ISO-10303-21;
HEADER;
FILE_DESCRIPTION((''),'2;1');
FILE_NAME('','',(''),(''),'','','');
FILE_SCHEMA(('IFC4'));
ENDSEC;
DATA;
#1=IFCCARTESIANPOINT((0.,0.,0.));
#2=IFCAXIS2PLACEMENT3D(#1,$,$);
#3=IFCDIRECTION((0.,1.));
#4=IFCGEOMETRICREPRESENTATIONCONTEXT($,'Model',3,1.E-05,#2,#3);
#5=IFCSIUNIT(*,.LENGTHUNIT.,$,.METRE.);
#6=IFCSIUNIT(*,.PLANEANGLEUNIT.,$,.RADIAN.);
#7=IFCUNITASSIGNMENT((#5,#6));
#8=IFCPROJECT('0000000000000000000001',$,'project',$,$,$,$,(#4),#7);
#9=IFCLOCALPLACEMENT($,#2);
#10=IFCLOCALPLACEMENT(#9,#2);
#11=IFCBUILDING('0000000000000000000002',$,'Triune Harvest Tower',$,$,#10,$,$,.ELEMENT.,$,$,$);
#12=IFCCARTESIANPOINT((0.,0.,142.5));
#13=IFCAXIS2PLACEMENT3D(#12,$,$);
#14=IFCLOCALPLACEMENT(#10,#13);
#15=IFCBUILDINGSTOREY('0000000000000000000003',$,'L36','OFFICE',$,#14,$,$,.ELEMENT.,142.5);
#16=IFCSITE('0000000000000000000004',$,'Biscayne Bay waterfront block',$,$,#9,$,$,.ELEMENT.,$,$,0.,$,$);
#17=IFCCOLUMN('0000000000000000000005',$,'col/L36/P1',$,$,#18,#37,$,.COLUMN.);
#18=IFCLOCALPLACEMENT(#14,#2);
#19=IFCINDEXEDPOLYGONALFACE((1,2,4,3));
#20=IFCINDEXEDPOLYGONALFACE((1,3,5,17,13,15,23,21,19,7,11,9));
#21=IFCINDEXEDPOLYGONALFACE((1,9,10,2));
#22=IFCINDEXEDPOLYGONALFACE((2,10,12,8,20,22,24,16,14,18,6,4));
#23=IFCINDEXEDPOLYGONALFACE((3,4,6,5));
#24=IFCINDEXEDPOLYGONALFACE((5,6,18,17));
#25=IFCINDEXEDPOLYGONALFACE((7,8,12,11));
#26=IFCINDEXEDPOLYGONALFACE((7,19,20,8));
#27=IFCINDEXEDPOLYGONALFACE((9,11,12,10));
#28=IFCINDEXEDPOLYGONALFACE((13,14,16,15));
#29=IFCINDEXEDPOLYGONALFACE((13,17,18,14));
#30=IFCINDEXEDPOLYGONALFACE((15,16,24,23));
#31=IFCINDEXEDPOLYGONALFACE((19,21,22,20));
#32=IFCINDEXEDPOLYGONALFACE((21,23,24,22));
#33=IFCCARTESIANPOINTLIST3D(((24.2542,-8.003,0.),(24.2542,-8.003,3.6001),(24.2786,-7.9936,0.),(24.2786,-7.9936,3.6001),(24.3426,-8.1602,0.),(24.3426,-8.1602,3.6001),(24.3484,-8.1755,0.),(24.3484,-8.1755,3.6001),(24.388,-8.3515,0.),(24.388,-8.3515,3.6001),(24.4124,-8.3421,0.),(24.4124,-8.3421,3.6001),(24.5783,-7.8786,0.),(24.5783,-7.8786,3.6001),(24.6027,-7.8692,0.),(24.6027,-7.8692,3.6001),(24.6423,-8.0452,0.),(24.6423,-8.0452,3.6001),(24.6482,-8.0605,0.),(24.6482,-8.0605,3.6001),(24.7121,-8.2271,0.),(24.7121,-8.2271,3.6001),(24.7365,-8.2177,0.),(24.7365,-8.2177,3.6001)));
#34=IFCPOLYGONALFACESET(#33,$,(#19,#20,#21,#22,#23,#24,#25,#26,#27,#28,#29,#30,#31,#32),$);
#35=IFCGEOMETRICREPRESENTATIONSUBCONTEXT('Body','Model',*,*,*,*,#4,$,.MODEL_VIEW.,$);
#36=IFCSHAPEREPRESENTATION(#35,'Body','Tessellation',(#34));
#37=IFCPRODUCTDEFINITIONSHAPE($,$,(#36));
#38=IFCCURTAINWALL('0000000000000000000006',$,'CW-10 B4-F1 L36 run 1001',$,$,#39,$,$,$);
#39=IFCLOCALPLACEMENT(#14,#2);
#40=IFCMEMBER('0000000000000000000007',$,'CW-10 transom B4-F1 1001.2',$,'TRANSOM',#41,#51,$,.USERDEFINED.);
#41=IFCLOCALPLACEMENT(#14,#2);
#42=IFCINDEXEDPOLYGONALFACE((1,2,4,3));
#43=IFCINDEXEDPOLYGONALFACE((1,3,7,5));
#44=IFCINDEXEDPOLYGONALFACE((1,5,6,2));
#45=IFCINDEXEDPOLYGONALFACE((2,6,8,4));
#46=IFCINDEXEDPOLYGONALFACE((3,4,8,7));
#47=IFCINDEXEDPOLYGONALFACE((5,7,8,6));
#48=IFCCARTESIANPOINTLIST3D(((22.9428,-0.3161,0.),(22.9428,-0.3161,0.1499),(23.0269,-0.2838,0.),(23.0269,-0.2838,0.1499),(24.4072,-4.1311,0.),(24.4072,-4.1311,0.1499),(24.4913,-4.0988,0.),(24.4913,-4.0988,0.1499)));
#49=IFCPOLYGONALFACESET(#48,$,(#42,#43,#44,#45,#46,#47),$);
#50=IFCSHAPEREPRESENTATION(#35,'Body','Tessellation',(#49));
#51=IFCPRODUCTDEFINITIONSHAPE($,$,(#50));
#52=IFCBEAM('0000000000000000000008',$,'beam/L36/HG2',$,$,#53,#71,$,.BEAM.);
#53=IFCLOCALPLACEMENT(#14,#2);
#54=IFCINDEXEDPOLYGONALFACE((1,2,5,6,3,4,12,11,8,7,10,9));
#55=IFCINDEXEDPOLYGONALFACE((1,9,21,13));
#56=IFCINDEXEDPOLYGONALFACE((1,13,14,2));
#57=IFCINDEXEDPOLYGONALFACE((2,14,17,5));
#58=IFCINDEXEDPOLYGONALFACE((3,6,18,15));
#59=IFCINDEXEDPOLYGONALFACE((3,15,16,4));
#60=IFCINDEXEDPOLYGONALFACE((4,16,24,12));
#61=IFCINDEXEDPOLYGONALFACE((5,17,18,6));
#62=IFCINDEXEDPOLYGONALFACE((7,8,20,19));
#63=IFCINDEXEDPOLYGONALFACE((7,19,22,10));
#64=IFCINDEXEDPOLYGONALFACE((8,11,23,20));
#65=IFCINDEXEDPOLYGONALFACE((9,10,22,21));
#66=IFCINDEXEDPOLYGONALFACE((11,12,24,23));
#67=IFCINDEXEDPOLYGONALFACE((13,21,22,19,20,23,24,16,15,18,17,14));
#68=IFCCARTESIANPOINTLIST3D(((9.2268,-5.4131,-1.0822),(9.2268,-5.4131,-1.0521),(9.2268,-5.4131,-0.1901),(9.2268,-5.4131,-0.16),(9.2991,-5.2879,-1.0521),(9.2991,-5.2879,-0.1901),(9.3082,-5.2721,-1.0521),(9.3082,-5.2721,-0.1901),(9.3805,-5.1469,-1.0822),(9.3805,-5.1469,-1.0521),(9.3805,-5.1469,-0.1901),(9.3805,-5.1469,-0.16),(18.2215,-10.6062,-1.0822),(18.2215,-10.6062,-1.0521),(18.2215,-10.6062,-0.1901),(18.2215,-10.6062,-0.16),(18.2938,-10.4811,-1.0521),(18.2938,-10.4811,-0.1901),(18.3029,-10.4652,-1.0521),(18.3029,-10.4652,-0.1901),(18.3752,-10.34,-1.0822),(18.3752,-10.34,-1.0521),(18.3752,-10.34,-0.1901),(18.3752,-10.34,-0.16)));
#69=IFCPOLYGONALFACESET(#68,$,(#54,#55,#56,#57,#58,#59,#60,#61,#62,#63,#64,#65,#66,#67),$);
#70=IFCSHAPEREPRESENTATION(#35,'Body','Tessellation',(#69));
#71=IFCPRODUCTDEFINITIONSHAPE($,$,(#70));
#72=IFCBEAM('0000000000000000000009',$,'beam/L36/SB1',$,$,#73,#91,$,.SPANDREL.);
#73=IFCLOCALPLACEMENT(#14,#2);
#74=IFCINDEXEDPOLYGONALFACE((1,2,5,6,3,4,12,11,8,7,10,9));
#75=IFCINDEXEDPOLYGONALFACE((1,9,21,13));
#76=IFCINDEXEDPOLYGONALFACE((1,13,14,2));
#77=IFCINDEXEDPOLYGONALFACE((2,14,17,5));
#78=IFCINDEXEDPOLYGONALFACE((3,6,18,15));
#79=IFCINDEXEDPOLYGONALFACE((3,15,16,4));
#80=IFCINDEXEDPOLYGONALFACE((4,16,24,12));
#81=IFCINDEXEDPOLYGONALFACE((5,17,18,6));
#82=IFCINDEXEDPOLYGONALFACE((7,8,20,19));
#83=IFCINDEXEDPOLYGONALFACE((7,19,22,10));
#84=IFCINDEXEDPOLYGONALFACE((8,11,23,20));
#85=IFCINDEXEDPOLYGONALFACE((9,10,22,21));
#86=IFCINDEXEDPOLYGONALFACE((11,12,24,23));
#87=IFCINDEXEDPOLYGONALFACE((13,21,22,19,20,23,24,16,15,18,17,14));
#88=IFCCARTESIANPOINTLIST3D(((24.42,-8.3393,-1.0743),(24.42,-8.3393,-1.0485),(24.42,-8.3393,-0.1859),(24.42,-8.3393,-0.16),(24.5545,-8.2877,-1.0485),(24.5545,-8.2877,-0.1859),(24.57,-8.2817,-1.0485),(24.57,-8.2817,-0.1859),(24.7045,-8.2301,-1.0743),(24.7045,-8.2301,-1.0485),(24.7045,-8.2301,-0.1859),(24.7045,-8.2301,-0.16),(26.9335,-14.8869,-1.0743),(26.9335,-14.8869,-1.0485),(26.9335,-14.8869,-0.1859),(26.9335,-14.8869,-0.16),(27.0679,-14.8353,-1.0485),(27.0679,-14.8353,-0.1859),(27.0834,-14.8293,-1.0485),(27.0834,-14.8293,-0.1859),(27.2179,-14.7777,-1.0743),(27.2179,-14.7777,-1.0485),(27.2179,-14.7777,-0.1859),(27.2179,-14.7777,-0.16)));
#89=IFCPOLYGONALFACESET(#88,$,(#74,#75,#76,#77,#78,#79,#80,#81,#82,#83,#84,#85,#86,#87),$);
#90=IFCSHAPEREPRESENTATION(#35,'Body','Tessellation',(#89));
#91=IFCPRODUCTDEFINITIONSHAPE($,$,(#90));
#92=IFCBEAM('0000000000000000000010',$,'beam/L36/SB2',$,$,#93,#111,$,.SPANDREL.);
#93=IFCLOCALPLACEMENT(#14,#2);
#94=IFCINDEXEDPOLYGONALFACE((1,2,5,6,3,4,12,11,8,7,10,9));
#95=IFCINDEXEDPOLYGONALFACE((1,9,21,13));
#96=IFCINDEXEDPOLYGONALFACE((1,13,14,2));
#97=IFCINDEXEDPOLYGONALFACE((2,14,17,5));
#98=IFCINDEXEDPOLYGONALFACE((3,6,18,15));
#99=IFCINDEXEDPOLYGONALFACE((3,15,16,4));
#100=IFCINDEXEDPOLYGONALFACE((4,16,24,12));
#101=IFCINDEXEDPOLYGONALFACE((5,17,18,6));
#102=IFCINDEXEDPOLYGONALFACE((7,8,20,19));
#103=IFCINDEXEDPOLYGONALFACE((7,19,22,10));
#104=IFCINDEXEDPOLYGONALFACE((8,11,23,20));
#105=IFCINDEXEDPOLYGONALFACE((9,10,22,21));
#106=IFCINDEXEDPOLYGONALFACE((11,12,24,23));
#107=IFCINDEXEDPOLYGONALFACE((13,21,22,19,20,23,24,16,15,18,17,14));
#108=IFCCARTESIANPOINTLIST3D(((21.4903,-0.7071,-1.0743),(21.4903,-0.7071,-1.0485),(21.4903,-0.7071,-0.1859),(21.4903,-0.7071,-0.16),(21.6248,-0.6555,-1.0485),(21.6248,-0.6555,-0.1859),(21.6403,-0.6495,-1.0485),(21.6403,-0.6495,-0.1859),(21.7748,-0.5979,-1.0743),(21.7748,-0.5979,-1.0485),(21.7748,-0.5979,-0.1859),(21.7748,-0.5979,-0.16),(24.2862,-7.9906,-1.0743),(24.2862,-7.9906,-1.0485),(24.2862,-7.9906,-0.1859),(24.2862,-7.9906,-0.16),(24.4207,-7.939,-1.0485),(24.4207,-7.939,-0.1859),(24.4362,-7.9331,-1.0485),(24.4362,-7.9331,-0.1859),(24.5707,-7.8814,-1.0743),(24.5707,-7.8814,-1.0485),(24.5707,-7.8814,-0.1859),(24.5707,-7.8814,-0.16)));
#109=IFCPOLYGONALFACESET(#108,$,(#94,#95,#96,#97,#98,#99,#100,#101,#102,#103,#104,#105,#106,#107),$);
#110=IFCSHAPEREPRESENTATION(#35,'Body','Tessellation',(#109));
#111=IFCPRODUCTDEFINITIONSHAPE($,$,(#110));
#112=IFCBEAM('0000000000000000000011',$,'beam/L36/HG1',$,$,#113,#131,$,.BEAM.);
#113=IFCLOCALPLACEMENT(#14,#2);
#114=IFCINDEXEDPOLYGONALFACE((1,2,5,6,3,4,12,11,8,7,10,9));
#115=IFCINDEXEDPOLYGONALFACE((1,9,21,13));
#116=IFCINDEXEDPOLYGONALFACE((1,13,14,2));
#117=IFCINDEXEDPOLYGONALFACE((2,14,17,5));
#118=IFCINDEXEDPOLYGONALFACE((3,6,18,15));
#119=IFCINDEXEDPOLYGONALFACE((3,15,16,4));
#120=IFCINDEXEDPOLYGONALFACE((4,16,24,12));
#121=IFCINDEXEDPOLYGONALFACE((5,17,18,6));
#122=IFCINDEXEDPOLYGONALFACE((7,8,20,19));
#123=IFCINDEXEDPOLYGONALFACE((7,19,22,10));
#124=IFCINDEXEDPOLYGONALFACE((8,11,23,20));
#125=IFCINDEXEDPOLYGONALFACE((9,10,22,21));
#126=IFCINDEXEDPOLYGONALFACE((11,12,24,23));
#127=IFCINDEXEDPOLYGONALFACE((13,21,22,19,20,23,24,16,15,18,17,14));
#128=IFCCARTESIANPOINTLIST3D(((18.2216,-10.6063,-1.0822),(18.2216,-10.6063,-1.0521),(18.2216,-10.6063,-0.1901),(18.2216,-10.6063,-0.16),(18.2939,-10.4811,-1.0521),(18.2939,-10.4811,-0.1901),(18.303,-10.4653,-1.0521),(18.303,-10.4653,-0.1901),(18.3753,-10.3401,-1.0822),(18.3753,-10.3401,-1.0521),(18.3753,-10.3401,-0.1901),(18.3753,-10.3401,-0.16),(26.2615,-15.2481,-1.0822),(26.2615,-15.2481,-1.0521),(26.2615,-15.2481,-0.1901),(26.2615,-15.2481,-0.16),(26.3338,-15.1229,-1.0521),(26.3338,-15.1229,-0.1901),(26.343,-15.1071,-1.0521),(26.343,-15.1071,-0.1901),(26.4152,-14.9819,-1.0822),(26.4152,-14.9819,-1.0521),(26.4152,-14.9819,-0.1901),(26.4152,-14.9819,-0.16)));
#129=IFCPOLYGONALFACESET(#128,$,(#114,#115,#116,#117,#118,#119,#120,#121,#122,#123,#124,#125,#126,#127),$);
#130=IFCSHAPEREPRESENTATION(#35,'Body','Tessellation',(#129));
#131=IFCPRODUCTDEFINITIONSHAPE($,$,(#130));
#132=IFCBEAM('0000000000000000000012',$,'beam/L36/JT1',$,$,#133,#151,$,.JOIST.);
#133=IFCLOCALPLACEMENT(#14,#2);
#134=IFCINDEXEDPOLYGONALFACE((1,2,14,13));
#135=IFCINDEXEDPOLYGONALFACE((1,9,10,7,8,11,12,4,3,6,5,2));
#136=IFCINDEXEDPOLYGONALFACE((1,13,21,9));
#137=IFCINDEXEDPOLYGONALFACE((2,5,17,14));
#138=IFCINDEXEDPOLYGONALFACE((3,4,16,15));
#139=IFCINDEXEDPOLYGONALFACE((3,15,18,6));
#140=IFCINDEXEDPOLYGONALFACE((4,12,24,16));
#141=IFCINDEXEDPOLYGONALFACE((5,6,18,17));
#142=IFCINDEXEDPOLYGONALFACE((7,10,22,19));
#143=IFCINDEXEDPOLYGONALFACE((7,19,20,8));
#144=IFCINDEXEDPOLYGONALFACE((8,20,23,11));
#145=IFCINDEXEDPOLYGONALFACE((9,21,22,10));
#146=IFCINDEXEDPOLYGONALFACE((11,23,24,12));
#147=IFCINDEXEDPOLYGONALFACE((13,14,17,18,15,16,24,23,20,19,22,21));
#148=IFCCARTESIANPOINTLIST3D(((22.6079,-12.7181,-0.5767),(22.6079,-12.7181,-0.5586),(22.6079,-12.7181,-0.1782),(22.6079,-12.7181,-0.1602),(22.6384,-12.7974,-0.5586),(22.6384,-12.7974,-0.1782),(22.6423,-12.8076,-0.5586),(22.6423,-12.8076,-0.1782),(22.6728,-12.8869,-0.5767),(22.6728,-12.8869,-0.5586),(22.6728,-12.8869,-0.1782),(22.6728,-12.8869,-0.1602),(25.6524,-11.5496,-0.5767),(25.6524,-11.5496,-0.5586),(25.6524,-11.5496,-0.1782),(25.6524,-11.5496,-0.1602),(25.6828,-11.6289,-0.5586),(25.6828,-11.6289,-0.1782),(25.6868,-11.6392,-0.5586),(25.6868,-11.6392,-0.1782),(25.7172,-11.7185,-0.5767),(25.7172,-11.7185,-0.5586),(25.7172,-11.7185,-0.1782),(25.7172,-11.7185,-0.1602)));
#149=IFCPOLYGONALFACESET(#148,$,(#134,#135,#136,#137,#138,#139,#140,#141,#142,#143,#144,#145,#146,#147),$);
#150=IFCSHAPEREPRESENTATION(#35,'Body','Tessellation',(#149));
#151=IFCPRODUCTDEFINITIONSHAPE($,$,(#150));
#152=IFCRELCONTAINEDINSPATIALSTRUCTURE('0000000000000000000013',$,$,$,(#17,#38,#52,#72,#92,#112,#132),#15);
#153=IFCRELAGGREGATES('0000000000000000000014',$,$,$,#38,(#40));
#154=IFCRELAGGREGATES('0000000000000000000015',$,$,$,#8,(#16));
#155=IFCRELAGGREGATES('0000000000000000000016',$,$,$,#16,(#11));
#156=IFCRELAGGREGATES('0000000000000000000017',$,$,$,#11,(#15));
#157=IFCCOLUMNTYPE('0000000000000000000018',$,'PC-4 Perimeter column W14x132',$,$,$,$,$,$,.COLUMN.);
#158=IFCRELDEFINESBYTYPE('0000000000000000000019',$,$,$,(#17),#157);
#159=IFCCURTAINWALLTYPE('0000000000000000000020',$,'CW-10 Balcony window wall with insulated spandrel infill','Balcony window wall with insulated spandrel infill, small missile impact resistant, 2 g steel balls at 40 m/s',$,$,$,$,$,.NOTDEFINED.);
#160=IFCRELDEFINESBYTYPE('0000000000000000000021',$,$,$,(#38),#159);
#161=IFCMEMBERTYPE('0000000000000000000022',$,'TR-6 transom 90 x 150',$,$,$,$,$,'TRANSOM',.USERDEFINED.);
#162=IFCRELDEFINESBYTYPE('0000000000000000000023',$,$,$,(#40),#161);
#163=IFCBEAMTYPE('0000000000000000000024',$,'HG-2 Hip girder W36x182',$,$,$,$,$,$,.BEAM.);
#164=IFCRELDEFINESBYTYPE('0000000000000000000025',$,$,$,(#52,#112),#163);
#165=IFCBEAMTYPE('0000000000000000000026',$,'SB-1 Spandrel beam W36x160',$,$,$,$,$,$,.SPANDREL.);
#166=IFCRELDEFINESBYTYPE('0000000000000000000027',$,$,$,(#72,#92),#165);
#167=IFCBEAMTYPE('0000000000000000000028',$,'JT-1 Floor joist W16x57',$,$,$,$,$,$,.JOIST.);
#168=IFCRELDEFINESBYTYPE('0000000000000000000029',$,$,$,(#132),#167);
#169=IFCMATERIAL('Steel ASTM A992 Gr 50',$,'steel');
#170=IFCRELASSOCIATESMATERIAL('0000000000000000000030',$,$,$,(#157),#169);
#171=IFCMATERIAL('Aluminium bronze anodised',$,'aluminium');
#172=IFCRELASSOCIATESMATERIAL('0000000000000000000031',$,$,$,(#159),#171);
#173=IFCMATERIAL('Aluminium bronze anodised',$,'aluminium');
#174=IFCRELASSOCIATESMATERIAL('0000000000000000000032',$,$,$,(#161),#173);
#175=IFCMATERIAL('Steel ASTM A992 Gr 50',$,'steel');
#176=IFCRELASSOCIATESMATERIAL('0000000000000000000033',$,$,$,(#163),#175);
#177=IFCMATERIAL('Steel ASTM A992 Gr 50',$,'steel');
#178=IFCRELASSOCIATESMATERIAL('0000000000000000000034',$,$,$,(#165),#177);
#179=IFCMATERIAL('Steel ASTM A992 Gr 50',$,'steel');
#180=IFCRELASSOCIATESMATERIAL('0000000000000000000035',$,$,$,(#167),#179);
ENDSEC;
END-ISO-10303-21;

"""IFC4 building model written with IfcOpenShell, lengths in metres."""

from ifc_helpers import new_model, si_unit, direction, frame, origin, origin_2d, place, context, subcontext, project, spatial, rectangle, i_section, extrude, source, transform, mapped, material, material_profile, profile_set, type_object, element, aggregate, save


model = new_model("IFC4")

# Units and contexts
model_context = context("Model", 3, precision=1e-05, world=origin(), true_north=direction((0.0, 1.0)))
body_context = subcontext(model_context, "Body", "Model", "MODEL_VIEW")
ifc_project = project(units=[si_unit("LENGTHUNIT", "METRE"), si_unit("PLANEANGLEUNIT", "RADIAN")], contexts=[model_context])

# Site, building, storey
site_placement = place(None, origin())
site = spatial("IfcSite", under=ifc_project, at=site_placement, Name="Biscayne Bay waterfront block", CompositionType="ELEMENT", RefElevation=0.0)
building_placement = place(site_placement, origin())
building = spatial("IfcBuilding", under=site, at=building_placement, Name="Triune Harvest Tower", CompositionType="ELEMENT")
storey_placement = place(building_placement, frame((0.0, 0.0, 142.5)))
storey = spatial("IfcBuildingStorey", under=building, at=storey_placement, Name="L36", Description="OFFICE", CompositionType="ELEMENT", Elevation=142.5)

# Column
ifc_material_1 = material(Name="Steel ASTM A992 Gr 50", Category="steel")
ifc_material_profile_1 = material_profile(ifc_material_1, i_section(OverallWidth=0.3733, OverallDepth=0.3733, WebThickness=0.0164, FlangeThickness=0.0261, at=origin_2d()), Name="W14x132")
ifc_profile_set_1 = profile_set([ifc_material_profile_1], Name="Steel ASTM A992 Gr 50")
column_type = type_object("IfcColumnType", Name="PC-4 Perimeter column W14x132", PredefinedType="COLUMN", material=ifc_profile_set_1)
shared_shape_1 = source(origin(), body_context, "Body", "SweptSolid", [
    extrude(i_section(OverallWidth=0.3733, OverallDepth=0.3733, WebThickness=0.0164, FlangeThickness=0.0261, at=origin_2d()), origin(), (0.0, 0.0, 1.0), 3.6001),
])
column_placement = place(storey_placement, frame((24.4954, -8.1104, 0.0), z_axis=(0.0, 0.0, 1.0), x_axis=(-0.358368, 0.93358, 0.0)))
element("IfcColumn", 1, at=column_placement, inside=storey, type_object=column_type, Name="col/L36/P1", PredefinedType="COLUMN", context=body_context, shape_type="MappedRepresentation", body=[
    mapped(shared_shape_1, transform((0.0, 0.0, 0.0), scale=1.0)),
])

# Curtain wall, member
ifc_material_2 = material(Name="Aluminium bronze anodised", Category="aluminium")
curtain_wall_type_1 = type_object("IfcCurtainWallType", Name="CW-10 Balcony window wall with insulated spandrel infill", Description="Balcony window wall with insulated spandrel infill, small missile impact resistant, 2 g steel balls at 40 m/s", PredefinedType="NOTDEFINED", material=ifc_material_2)
curtain_wall_1_placement = place(storey_placement, origin())
curtain_wall_1 = element("IfcCurtainWall", 2, at=curtain_wall_1_placement, inside=storey, type_object=curtain_wall_type_1, Name="CW-10 B4-F1 L36 run 1001")
ifc_material_3 = material(Name="Aluminium bronze anodised", Category="aluminium")
ifc_material_profile_2 = material_profile(ifc_material_3, rectangle(XDim=0.0901, YDim=0.1499, at=origin_2d()), Name="TR-6 transom 90 x 150")
ifc_profile_set_2 = profile_set([ifc_material_profile_2], Name="Aluminium bronze anodised")
member_type_1 = type_object("IfcMemberType", Name="TR-6 transom 90 x 150", ElementType="TRANSOM", PredefinedType="USERDEFINED", material=ifc_profile_set_2)
member_1_placement = place(storey_placement, frame((24.4492, -4.115, 0.075), z_axis=(-0.358354, 0.933586, 0.0), x_axis=(-0.933586, -0.358354, 0.0)))
member_1 = element("IfcMember", 3, at=member_1_placement, type_object=member_type_1, Name="CW-10 transom B4-F1 1001.2", ObjectType="TRANSOM", PredefinedType="USERDEFINED", context=body_context, shape_type="SweptSolid", body=[
    extrude(rectangle(XDim=0.0901, YDim=0.1499, at=origin_2d()), origin(), (0.0, 0.0, 1.0), 4.0864),
])

# Beams
ifc_material_4 = material(Name="Steel ASTM A992 Gr 50", Category="steel")
ifc_material_profile_3 = material_profile(ifc_material_4, i_section(OverallWidth=0.3074, OverallDepth=0.9221, WebThickness=0.0183, FlangeThickness=0.03, at=origin_2d()), Name="W36x182")
ifc_profile_set_3 = profile_set([ifc_material_profile_3], Name="Steel ASTM A992 Gr 50")
beam_type_1 = type_object("IfcBeamType", Name="HG-2 Hip girder W36x182", PredefinedType="BEAM", material=ifc_profile_set_3)
shared_shape_2 = source(origin(), body_context, "Body", "SweptSolid", [
    extrude(i_section(OverallWidth=0.3074, OverallDepth=0.9221, WebThickness=0.0183, FlangeThickness=0.03, at=origin_2d()), origin(), (0.0, 0.0, 1.0), 10.3862),
])
beam_1_placement = place(storey_placement, frame((18.2983, -10.4731, -0.6211), z_axis=(-0.866023, 0.500005, 0.0), x_axis=(-0.500005, -0.866023, 0.0)))
element("IfcBeam", 4, at=beam_1_placement, inside=storey, type_object=beam_type_1, Name="beam/L36/HG2", PredefinedType="BEAM", context=body_context, shape_type="MappedRepresentation", body=[
    mapped(shared_shape_2, transform((0.0, 0.0, 0.0), scale=1.0)),
])
ifc_material_5 = material(Name="Steel ASTM A992 Gr 50", Category="steel")
ifc_material_profile_4 = material_profile(ifc_material_5, i_section(OverallWidth=0.3047, OverallDepth=0.9143, WebThickness=0.0166, FlangeThickness=0.0259, at=origin_2d()), Name="W36x160")
ifc_profile_set_4 = profile_set([ifc_material_profile_4], Name="Steel ASTM A992 Gr 50")
beam_type_2 = type_object("IfcBeamType", Name="SB-1 Spandrel beam W36x160", PredefinedType="SPANDREL", material=ifc_profile_set_4)
shared_shape_3 = source(origin(), body_context, "Body", "SweptSolid", [
    extrude(i_section(OverallWidth=0.3047, OverallDepth=0.9143, WebThickness=0.0166, FlangeThickness=0.0259, at=origin_2d()), origin(), (0.0, 0.0, 1.0), 7.0134),
])
beam_2_placement = place(storey_placement, frame((27.0757, -14.8323, -0.6172), z_axis=(-0.358373, 0.933579, 0.0), x_axis=(-0.933579, -0.358373, 0.0)))
element("IfcBeam", 5, at=beam_2_placement, inside=storey, type_object=beam_type_2, Name="beam/L36/SB1", PredefinedType="SPANDREL", context=body_context, shape_type="MappedRepresentation", body=[
    mapped(shared_shape_3, transform((0.0, 0.0, 0.0), scale=1.0)),
])
shared_shape_4 = source(origin(), body_context, "Body", "SweptSolid", [
    extrude(i_section(OverallWidth=0.3047, OverallDepth=0.9143, WebThickness=0.0166, FlangeThickness=0.0259, at=origin_2d()), origin(), (0.0, 0.0, 1.0), 7.8018),
])
beam_3_placement = place(storey_placement, frame((24.4285, -7.936, -0.6172), z_axis=(-0.358373, 0.933578, 0.0), x_axis=(-0.933578, -0.358373, 0.0)))
element("IfcBeam", 6, at=beam_3_placement, inside=storey, type_object=beam_type_2, Name="beam/L36/SB2", PredefinedType="SPANDREL", context=body_context, shape_type="MappedRepresentation", body=[
    mapped(shared_shape_4, transform((0.0, 0.0, 0.0), scale=1.0)),
])
shared_shape_5 = source(origin(), body_context, "Body", "SweptSolid", [
    extrude(i_section(OverallWidth=0.3074, OverallDepth=0.9221, WebThickness=0.0183, FlangeThickness=0.03, at=origin_2d()), origin(), (0.0, 0.0, 1.0), 9.2837),
])
beam_4_placement = place(storey_placement, frame((26.3384, -15.115, -0.6211), z_axis=(-0.866029, 0.499994, 0.0), x_axis=(-0.499994, -0.866029, 0.0)))
element("IfcBeam", 7, at=beam_4_placement, inside=storey, type_object=beam_type_1, Name="beam/L36/HG1", PredefinedType="BEAM", context=body_context, shape_type="MappedRepresentation", body=[
    mapped(shared_shape_5, transform((0.0, 0.0, 0.0), scale=1.0)),
])
ifc_material_6 = material(Name="Steel ASTM A992 Gr 50", Category="steel")
ifc_material_profile_5 = material_profile(ifc_material_6, i_section(OverallWidth=0.1809, OverallDepth=0.4165, WebThickness=0.011, FlangeThickness=0.0181, at=origin_2d()), Name="W16x57")
ifc_profile_set_5 = profile_set([ifc_material_profile_5], Name="Steel ASTM A992 Gr 50")
beam_type_3 = type_object("IfcBeamType", Name="JT-1 Floor joist W16x57", PredefinedType="JOIST", material=ifc_profile_set_5)
shared_shape_6 = source(origin(), body_context, "Body", "SweptSolid", [
    extrude(i_section(OverallWidth=0.1809, OverallDepth=0.4165, WebThickness=0.011, FlangeThickness=0.0181, at=origin_2d()), origin(), (0.0, 0.0, 1.0), 3.261),
])
beam_5_placement = place(storey_placement, frame((25.6848, -11.634, -0.3684), z_axis=(-0.9336, -0.358317, 0.0), x_axis=(0.358317, -0.9336, 0.0)))
element("IfcBeam", 8, at=beam_5_placement, inside=storey, type_object=beam_type_3, Name="beam/L36/JT1", PredefinedType="JOIST", context=body_context, shape_type="MappedRepresentation", body=[
    mapped(shared_shape_6, transform((0.0, 0.0, 0.0), scale=1.0)),
])

aggregate(curtain_wall_1, [member_1])

save(model, "model.ifc")
